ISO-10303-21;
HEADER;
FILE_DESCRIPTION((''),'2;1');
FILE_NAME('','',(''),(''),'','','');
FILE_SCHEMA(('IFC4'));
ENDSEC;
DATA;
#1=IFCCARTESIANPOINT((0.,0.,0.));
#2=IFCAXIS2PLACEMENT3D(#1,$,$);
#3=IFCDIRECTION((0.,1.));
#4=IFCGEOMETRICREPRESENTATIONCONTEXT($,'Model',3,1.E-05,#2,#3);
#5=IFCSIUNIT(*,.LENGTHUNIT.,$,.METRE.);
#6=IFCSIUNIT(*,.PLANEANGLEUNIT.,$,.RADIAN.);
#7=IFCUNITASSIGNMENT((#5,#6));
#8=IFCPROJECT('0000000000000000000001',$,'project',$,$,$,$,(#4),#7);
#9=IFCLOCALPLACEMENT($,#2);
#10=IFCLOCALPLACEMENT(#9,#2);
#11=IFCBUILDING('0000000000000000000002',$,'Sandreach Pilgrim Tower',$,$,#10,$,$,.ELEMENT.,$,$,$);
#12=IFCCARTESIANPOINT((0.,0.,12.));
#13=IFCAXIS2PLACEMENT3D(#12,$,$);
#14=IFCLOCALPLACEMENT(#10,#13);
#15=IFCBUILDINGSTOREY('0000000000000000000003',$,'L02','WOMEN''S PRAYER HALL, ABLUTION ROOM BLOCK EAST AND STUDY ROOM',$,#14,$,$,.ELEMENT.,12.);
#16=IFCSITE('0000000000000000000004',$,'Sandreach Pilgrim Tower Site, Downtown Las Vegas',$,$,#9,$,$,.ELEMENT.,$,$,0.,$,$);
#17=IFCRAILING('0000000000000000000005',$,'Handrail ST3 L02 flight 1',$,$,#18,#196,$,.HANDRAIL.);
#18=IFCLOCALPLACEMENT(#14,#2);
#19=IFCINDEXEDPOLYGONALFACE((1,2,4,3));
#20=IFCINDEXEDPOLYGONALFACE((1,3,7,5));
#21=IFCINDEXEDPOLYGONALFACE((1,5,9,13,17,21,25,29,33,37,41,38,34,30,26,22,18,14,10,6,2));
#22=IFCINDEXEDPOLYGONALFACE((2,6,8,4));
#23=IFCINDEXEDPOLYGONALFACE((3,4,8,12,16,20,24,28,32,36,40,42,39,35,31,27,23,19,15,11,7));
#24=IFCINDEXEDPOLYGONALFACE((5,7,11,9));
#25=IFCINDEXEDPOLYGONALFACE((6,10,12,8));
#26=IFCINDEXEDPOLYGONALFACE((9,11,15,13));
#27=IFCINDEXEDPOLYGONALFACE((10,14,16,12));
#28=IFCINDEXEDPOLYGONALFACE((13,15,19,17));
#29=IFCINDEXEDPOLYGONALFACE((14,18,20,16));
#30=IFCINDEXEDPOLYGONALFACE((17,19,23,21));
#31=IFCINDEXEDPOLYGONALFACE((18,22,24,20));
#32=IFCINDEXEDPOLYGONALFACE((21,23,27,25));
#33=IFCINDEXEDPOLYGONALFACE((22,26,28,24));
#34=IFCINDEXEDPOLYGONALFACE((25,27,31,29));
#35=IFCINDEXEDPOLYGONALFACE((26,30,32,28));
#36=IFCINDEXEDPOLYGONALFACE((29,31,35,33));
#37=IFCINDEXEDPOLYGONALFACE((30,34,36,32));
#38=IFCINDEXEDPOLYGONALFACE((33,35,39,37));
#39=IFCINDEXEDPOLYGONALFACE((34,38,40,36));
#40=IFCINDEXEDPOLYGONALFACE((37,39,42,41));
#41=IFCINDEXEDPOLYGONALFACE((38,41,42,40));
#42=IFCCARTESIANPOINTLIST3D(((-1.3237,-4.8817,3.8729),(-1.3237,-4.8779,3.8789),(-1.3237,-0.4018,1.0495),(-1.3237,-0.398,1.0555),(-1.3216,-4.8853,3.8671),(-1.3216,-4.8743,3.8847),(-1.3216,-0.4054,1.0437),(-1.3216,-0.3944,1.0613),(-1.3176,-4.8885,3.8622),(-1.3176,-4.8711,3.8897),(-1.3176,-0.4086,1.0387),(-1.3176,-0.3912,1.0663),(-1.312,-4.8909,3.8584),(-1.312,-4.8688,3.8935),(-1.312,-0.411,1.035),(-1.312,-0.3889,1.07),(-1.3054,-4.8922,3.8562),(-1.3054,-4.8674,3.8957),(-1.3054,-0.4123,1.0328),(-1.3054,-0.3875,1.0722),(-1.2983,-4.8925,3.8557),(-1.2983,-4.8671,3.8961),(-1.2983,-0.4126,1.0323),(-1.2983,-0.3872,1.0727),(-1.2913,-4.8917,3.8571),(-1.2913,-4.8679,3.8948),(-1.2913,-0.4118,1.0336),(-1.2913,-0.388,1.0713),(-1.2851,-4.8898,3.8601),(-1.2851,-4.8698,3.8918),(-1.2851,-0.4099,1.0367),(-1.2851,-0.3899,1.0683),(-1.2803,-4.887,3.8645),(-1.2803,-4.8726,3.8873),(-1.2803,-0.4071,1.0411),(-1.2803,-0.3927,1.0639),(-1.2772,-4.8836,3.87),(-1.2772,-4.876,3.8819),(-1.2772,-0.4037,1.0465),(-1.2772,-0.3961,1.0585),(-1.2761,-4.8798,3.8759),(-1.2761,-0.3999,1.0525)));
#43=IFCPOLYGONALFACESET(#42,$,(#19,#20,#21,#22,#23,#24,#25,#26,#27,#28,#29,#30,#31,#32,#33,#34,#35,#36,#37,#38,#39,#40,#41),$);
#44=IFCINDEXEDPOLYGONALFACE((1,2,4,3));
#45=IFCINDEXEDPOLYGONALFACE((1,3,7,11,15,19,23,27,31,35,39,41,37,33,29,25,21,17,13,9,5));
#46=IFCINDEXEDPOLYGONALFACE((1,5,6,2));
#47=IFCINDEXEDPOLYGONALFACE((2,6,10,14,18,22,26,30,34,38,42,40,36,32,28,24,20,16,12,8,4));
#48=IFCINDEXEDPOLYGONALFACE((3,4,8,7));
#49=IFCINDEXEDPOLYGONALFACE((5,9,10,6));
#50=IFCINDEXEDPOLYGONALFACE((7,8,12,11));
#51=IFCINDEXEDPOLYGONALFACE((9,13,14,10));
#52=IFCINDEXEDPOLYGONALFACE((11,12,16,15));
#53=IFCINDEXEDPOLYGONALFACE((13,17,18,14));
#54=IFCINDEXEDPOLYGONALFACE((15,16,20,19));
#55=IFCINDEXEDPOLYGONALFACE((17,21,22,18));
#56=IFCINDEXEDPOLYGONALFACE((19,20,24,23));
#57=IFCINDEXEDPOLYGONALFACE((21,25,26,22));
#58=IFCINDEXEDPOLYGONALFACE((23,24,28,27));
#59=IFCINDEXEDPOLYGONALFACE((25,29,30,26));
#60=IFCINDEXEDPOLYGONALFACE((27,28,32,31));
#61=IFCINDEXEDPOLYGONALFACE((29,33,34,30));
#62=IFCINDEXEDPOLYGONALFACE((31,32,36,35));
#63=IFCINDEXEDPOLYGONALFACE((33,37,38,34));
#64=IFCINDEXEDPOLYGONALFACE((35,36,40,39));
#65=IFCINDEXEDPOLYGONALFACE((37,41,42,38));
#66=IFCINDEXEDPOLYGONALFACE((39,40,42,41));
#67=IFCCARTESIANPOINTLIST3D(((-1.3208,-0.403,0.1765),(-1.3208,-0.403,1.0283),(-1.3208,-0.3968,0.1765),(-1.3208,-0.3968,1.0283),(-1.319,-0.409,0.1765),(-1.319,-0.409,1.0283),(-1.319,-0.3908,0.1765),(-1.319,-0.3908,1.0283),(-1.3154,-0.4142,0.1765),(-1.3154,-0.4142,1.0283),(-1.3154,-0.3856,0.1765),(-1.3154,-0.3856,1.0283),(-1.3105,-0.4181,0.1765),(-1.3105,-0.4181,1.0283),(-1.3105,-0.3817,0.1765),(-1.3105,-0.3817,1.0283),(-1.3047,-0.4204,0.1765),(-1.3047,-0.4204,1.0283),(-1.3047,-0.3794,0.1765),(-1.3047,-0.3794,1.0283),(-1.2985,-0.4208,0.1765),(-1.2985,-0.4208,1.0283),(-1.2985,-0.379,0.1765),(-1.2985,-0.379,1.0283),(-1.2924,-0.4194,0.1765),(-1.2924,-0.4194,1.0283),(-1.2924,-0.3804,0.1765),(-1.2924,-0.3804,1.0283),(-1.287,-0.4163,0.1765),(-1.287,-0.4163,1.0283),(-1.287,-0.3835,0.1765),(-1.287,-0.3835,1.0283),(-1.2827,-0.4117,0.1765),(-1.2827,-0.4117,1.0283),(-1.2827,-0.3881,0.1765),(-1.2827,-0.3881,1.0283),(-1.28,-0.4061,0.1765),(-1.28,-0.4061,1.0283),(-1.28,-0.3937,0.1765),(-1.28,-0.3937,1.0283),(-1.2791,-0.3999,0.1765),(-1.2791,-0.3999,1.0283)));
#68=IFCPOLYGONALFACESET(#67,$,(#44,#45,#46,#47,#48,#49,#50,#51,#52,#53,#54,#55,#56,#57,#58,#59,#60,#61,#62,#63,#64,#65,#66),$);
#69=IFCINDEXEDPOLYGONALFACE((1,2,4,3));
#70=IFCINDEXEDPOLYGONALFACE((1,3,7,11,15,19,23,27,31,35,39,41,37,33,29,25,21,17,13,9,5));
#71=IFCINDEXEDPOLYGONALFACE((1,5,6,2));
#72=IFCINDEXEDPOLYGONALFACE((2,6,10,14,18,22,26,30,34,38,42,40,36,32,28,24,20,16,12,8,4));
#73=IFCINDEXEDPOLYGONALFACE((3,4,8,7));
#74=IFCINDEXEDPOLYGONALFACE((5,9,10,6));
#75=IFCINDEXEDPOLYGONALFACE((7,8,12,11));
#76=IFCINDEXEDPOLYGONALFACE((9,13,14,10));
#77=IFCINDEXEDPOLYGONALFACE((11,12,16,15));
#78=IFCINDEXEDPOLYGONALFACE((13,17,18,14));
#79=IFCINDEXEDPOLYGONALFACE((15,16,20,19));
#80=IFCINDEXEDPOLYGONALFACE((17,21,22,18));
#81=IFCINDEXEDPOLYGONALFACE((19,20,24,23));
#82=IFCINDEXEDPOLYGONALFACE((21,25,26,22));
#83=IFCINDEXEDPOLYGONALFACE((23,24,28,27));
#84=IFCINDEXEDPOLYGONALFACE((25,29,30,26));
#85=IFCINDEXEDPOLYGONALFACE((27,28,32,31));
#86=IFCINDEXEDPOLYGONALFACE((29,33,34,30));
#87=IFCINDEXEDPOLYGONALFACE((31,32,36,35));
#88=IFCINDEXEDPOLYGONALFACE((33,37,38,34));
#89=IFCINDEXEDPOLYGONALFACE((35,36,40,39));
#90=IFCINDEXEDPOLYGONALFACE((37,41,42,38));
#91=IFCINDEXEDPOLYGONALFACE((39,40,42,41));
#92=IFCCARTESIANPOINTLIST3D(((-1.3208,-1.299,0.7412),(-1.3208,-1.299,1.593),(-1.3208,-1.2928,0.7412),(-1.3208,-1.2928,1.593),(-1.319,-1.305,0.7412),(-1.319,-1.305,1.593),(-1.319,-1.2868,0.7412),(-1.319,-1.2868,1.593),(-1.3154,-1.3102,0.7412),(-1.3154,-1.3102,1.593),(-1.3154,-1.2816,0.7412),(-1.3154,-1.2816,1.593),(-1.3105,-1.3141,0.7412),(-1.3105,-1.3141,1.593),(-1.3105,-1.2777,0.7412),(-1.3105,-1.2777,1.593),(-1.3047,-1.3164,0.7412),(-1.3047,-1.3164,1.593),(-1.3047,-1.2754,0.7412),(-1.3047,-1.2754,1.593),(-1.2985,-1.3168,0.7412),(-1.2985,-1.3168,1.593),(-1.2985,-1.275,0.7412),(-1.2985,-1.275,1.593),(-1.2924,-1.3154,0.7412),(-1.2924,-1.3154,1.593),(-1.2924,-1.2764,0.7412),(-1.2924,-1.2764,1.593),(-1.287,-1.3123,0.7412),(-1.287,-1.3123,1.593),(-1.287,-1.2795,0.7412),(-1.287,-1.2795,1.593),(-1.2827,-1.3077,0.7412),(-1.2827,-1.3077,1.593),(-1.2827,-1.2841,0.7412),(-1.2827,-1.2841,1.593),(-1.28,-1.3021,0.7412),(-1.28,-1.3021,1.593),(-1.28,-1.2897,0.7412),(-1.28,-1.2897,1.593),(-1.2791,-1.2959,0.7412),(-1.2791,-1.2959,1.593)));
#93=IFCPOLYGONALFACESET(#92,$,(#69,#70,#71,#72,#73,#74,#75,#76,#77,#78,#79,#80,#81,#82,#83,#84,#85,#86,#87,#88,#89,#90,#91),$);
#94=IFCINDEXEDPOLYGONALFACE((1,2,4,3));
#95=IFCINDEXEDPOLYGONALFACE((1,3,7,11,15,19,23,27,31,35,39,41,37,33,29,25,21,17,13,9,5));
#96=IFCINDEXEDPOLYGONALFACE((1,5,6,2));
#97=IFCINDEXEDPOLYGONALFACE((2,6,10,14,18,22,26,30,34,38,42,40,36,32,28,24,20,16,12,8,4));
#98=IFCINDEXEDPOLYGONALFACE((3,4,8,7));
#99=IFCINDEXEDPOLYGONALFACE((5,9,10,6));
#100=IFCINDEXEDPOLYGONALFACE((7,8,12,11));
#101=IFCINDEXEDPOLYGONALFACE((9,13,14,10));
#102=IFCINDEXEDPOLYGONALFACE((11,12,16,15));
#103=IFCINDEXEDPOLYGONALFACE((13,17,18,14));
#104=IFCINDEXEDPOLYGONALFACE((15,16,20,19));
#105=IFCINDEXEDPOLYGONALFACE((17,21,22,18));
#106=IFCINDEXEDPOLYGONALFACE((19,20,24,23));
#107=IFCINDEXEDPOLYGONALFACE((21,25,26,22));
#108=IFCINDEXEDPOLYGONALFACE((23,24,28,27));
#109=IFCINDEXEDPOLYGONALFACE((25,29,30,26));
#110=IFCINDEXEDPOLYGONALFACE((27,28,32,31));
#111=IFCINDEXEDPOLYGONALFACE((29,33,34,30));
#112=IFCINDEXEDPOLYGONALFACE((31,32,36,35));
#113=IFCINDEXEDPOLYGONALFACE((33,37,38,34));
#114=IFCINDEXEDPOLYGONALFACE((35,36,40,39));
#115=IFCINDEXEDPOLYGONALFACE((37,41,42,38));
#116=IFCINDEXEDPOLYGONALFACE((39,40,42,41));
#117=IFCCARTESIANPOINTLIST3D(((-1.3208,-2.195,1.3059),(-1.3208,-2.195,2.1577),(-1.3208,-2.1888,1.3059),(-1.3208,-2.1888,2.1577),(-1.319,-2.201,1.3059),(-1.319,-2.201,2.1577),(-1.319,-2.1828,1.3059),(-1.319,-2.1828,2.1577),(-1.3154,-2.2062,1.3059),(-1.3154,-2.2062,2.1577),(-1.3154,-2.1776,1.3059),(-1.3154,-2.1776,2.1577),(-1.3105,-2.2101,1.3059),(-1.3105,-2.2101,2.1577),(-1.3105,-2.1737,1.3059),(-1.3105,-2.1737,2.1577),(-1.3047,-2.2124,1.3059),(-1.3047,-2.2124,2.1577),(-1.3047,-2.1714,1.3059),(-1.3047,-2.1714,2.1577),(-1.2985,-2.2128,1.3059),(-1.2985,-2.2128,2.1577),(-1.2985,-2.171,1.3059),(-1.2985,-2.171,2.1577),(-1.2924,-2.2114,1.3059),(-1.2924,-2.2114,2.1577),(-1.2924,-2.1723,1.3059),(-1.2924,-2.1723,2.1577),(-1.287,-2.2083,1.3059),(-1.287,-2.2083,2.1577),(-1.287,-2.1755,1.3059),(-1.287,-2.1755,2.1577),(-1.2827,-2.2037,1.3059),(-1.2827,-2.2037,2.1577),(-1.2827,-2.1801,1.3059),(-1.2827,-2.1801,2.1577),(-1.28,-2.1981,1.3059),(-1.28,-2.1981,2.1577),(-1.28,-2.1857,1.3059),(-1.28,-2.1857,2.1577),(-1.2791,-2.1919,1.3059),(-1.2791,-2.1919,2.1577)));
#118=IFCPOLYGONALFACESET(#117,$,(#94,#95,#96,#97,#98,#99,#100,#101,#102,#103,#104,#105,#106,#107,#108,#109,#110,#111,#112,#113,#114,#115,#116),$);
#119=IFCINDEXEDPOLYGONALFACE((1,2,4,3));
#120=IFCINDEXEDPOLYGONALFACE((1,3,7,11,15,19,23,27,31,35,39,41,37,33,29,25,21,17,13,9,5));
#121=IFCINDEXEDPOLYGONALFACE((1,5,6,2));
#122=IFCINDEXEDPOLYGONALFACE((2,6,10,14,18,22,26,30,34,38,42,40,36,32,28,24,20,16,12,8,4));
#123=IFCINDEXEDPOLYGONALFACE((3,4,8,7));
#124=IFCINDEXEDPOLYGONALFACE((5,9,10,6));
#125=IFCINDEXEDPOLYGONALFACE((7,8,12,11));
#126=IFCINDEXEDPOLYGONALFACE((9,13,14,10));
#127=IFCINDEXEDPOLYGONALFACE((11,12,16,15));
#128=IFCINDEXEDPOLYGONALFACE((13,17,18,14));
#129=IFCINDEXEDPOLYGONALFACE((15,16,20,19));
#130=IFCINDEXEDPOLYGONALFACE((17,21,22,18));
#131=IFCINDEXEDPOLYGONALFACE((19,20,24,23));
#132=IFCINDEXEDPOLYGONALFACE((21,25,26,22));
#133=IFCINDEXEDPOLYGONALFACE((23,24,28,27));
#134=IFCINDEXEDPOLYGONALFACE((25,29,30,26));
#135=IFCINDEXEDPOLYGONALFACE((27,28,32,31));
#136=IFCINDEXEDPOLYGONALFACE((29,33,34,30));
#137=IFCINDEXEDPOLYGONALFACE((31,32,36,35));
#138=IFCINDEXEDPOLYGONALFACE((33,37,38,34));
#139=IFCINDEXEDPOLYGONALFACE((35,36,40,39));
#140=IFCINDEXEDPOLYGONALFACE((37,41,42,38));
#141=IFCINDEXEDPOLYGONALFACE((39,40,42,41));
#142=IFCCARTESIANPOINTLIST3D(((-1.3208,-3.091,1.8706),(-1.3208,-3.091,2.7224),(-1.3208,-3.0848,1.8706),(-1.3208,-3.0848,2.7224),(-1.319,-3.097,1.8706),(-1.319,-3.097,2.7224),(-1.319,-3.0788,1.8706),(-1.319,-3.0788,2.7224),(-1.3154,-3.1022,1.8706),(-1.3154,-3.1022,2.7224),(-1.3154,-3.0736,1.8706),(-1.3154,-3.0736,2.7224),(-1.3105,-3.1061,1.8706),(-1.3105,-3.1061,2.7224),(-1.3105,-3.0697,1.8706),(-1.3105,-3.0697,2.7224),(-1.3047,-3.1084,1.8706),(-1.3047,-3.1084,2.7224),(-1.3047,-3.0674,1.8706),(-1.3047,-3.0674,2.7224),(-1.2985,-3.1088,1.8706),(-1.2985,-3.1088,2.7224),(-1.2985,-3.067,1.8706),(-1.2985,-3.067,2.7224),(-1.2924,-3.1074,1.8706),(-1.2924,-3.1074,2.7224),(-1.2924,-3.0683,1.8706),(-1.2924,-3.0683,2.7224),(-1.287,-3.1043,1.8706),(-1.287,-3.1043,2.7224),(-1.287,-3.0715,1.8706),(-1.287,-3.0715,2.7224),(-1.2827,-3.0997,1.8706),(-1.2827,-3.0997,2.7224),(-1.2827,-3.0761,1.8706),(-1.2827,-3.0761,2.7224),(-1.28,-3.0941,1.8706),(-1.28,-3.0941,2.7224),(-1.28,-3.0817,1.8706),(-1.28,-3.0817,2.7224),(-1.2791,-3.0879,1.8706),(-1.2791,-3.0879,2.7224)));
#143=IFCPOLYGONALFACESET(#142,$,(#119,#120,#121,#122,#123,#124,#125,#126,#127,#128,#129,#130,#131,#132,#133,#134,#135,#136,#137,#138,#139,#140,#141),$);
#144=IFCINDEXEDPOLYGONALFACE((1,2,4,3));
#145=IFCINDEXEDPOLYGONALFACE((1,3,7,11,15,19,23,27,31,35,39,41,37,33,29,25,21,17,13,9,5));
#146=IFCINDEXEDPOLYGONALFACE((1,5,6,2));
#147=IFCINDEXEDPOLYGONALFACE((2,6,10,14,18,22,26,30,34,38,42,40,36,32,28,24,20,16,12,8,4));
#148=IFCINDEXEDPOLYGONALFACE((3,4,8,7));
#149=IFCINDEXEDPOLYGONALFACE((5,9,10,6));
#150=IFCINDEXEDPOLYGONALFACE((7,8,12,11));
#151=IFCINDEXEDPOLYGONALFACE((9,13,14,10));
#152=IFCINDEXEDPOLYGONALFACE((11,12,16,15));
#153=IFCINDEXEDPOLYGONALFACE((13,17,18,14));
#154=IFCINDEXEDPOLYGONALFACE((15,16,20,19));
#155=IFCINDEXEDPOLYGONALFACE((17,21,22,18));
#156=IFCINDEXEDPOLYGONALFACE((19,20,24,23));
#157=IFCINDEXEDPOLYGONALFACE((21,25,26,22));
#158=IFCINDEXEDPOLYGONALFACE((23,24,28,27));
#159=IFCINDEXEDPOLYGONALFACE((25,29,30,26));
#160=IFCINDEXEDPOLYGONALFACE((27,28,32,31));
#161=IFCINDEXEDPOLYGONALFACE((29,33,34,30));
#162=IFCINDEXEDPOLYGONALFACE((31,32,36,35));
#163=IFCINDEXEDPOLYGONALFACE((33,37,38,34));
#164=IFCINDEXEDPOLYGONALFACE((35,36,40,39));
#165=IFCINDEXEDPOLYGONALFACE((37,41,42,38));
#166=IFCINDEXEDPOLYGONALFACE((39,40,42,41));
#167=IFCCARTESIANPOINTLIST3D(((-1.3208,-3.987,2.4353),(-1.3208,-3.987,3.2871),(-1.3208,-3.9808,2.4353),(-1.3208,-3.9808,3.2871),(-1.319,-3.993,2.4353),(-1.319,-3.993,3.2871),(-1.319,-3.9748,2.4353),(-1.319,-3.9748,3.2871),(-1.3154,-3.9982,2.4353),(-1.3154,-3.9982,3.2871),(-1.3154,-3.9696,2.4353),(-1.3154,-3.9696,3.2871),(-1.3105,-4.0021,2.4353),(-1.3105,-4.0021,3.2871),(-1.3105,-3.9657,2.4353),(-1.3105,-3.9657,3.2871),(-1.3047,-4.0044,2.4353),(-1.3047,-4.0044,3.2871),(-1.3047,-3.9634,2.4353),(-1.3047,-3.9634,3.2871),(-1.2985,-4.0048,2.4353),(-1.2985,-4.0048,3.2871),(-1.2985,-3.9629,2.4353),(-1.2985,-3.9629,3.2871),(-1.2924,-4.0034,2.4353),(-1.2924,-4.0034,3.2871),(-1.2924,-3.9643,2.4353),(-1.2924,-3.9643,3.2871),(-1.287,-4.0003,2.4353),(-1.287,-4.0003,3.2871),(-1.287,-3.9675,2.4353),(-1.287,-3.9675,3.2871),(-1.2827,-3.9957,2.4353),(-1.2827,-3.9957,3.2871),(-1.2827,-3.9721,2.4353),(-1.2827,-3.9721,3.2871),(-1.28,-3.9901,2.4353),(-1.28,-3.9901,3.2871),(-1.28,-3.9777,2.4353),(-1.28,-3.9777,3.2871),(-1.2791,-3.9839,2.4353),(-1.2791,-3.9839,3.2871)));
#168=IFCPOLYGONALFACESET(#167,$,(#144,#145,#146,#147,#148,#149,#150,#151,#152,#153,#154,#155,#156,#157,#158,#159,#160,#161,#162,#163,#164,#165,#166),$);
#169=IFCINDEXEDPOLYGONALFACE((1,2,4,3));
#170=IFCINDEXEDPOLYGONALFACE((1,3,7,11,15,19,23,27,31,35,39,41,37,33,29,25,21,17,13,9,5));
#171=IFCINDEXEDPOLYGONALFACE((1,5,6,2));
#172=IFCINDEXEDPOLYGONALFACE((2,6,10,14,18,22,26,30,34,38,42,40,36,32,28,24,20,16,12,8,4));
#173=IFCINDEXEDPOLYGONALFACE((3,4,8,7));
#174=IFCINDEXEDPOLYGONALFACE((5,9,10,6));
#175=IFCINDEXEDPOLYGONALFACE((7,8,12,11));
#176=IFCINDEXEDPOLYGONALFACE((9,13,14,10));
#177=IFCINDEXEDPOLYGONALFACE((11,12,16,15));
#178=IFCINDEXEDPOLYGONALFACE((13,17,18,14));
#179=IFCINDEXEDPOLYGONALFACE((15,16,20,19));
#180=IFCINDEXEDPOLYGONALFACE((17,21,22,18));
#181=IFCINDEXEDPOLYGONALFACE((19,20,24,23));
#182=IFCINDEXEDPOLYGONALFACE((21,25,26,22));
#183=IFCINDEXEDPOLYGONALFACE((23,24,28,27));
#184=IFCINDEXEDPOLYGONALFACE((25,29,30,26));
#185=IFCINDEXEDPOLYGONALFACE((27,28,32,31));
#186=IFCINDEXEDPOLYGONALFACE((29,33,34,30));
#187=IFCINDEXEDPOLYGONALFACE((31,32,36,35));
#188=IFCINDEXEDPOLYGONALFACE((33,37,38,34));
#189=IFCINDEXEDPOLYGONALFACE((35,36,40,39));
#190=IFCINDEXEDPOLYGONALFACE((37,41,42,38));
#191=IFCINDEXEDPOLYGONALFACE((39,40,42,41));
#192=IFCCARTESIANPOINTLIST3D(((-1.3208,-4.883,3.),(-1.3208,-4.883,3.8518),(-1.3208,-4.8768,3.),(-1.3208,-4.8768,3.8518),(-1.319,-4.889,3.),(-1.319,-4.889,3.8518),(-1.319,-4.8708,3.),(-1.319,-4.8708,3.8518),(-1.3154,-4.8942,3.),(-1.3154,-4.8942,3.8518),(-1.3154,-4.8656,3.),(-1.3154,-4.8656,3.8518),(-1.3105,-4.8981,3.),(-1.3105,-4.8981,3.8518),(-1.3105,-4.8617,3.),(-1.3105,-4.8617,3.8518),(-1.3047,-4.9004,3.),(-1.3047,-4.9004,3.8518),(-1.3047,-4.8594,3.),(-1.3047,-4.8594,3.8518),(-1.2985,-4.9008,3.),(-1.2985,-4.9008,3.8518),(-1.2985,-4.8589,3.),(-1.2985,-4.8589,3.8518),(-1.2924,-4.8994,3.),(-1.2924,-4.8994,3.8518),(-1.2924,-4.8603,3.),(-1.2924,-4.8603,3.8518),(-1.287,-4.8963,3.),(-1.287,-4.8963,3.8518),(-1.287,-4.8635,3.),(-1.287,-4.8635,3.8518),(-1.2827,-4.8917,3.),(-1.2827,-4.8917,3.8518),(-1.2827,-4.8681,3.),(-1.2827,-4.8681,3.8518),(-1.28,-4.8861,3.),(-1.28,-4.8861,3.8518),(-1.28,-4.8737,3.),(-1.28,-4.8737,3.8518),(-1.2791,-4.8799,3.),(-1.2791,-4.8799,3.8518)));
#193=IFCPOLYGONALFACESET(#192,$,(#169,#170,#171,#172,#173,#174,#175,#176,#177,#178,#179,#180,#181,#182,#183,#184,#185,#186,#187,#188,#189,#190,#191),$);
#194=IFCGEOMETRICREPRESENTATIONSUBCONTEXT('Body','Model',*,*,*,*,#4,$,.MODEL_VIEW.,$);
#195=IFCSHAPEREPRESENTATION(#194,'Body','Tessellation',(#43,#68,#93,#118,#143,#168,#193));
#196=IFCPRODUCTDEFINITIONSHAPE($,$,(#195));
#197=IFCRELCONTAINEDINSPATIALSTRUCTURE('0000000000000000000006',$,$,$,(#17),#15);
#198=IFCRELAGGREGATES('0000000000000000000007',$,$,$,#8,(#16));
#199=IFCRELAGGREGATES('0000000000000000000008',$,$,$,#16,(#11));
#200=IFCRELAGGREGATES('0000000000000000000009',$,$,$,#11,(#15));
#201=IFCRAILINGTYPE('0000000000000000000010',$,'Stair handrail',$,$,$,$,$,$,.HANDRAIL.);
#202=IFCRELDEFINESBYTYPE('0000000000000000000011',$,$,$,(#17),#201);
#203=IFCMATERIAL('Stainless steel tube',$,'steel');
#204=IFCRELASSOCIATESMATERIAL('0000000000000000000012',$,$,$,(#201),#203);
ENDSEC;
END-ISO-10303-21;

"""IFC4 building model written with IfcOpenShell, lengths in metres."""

from ifc_helpers import new_model, si_unit, direction, frame, origin, origin_2d, place, context, subcontext, project, spatial, circle, extrude, material, type_object, element, save


model = new_model("IFC4")

# Units and contexts
model_context = context("Model", 3, precision=1e-05, world=origin(), true_north=direction((0.0, 1.0)))
body_context = subcontext(model_context, "Body", "Model", "MODEL_VIEW")
ifc_project = project(units=[si_unit("LENGTHUNIT", "METRE"), si_unit("PLANEANGLEUNIT", "RADIAN")], contexts=[model_context])

# Site, building, storey
site_placement = place(None, origin())
site = spatial("IfcSite", under=ifc_project, at=site_placement, Name="Sandreach Pilgrim Tower Site, Downtown Las Vegas", CompositionType="ELEMENT", RefElevation=0.0)
building_placement = place(site_placement, origin())
building = spatial("IfcBuilding", under=site, at=building_placement, Name="Sandreach Pilgrim Tower", CompositionType="ELEMENT")
storey_placement = place(building_placement, frame((0.0, 0.0, 12.0)))
storey = spatial("IfcBuildingStorey", under=building, at=storey_placement, Name="L02", Description="WOMEN'S PRAYER HALL, ABLUTION ROOM BLOCK EAST AND STUDY ROOM", CompositionType="ELEMENT", Elevation=12.0)

# Railing
ifc_material_1 = material(Name="Stainless steel tube", Category="steel")
railing_type = type_object("IfcRailingType", Name="Stair handrail", PredefinedType="HANDRAIL", material=ifc_material_1)
for number, where, name in (
    (1, (-1.3, -0.3999, 0.1765), "Handrail ST3 L02 flight 1"),
):
    element("IfcRailing", number, at=place(storey_placement, frame(where)), inside=storey, type_object=railing_type, Name=name, PredefinedType="HANDRAIL", context=body_context, shape_type="SweptSolid", body=[
        extrude(circle(Radius=0.0239, at=origin_2d()), frame((0.0, 0.0, 0.876), z_axis=(0.0, -0.845998, 0.533186), x_axis=(1.0, 0.0, 0.0)), (0.0, 0.0, 1.0), 5.2954),
        extrude(circle(Radius=0.021, at=origin_2d()), origin(), (0.0, 0.0, 1.0), 0.8518),
        extrude(circle(Radius=0.021, at=origin_2d()), frame((0.0, -0.896, 0.5647)), (0.0, 0.0, 1.0), 0.8518),
        extrude(circle(Radius=0.021, at=origin_2d()), frame((0.0, -1.792, 1.1294)), (0.0, 0.0, 1.0), 0.8518),
        extrude(circle(Radius=0.021, at=origin_2d()), frame((0.0, -2.688, 1.6941)), (0.0, 0.0, 1.0), 0.8518),
        extrude(circle(Radius=0.021, at=origin_2d()), frame((0.0, -3.584, 2.2588)), (0.0, 0.0, 1.0), 0.8518),
        extrude(circle(Radius=0.021, at=origin_2d()), frame((0.0, -4.48, 2.8235)), (0.0, 0.0, 1.0), 0.8518),
    ])

save(model, "model.ifc")
